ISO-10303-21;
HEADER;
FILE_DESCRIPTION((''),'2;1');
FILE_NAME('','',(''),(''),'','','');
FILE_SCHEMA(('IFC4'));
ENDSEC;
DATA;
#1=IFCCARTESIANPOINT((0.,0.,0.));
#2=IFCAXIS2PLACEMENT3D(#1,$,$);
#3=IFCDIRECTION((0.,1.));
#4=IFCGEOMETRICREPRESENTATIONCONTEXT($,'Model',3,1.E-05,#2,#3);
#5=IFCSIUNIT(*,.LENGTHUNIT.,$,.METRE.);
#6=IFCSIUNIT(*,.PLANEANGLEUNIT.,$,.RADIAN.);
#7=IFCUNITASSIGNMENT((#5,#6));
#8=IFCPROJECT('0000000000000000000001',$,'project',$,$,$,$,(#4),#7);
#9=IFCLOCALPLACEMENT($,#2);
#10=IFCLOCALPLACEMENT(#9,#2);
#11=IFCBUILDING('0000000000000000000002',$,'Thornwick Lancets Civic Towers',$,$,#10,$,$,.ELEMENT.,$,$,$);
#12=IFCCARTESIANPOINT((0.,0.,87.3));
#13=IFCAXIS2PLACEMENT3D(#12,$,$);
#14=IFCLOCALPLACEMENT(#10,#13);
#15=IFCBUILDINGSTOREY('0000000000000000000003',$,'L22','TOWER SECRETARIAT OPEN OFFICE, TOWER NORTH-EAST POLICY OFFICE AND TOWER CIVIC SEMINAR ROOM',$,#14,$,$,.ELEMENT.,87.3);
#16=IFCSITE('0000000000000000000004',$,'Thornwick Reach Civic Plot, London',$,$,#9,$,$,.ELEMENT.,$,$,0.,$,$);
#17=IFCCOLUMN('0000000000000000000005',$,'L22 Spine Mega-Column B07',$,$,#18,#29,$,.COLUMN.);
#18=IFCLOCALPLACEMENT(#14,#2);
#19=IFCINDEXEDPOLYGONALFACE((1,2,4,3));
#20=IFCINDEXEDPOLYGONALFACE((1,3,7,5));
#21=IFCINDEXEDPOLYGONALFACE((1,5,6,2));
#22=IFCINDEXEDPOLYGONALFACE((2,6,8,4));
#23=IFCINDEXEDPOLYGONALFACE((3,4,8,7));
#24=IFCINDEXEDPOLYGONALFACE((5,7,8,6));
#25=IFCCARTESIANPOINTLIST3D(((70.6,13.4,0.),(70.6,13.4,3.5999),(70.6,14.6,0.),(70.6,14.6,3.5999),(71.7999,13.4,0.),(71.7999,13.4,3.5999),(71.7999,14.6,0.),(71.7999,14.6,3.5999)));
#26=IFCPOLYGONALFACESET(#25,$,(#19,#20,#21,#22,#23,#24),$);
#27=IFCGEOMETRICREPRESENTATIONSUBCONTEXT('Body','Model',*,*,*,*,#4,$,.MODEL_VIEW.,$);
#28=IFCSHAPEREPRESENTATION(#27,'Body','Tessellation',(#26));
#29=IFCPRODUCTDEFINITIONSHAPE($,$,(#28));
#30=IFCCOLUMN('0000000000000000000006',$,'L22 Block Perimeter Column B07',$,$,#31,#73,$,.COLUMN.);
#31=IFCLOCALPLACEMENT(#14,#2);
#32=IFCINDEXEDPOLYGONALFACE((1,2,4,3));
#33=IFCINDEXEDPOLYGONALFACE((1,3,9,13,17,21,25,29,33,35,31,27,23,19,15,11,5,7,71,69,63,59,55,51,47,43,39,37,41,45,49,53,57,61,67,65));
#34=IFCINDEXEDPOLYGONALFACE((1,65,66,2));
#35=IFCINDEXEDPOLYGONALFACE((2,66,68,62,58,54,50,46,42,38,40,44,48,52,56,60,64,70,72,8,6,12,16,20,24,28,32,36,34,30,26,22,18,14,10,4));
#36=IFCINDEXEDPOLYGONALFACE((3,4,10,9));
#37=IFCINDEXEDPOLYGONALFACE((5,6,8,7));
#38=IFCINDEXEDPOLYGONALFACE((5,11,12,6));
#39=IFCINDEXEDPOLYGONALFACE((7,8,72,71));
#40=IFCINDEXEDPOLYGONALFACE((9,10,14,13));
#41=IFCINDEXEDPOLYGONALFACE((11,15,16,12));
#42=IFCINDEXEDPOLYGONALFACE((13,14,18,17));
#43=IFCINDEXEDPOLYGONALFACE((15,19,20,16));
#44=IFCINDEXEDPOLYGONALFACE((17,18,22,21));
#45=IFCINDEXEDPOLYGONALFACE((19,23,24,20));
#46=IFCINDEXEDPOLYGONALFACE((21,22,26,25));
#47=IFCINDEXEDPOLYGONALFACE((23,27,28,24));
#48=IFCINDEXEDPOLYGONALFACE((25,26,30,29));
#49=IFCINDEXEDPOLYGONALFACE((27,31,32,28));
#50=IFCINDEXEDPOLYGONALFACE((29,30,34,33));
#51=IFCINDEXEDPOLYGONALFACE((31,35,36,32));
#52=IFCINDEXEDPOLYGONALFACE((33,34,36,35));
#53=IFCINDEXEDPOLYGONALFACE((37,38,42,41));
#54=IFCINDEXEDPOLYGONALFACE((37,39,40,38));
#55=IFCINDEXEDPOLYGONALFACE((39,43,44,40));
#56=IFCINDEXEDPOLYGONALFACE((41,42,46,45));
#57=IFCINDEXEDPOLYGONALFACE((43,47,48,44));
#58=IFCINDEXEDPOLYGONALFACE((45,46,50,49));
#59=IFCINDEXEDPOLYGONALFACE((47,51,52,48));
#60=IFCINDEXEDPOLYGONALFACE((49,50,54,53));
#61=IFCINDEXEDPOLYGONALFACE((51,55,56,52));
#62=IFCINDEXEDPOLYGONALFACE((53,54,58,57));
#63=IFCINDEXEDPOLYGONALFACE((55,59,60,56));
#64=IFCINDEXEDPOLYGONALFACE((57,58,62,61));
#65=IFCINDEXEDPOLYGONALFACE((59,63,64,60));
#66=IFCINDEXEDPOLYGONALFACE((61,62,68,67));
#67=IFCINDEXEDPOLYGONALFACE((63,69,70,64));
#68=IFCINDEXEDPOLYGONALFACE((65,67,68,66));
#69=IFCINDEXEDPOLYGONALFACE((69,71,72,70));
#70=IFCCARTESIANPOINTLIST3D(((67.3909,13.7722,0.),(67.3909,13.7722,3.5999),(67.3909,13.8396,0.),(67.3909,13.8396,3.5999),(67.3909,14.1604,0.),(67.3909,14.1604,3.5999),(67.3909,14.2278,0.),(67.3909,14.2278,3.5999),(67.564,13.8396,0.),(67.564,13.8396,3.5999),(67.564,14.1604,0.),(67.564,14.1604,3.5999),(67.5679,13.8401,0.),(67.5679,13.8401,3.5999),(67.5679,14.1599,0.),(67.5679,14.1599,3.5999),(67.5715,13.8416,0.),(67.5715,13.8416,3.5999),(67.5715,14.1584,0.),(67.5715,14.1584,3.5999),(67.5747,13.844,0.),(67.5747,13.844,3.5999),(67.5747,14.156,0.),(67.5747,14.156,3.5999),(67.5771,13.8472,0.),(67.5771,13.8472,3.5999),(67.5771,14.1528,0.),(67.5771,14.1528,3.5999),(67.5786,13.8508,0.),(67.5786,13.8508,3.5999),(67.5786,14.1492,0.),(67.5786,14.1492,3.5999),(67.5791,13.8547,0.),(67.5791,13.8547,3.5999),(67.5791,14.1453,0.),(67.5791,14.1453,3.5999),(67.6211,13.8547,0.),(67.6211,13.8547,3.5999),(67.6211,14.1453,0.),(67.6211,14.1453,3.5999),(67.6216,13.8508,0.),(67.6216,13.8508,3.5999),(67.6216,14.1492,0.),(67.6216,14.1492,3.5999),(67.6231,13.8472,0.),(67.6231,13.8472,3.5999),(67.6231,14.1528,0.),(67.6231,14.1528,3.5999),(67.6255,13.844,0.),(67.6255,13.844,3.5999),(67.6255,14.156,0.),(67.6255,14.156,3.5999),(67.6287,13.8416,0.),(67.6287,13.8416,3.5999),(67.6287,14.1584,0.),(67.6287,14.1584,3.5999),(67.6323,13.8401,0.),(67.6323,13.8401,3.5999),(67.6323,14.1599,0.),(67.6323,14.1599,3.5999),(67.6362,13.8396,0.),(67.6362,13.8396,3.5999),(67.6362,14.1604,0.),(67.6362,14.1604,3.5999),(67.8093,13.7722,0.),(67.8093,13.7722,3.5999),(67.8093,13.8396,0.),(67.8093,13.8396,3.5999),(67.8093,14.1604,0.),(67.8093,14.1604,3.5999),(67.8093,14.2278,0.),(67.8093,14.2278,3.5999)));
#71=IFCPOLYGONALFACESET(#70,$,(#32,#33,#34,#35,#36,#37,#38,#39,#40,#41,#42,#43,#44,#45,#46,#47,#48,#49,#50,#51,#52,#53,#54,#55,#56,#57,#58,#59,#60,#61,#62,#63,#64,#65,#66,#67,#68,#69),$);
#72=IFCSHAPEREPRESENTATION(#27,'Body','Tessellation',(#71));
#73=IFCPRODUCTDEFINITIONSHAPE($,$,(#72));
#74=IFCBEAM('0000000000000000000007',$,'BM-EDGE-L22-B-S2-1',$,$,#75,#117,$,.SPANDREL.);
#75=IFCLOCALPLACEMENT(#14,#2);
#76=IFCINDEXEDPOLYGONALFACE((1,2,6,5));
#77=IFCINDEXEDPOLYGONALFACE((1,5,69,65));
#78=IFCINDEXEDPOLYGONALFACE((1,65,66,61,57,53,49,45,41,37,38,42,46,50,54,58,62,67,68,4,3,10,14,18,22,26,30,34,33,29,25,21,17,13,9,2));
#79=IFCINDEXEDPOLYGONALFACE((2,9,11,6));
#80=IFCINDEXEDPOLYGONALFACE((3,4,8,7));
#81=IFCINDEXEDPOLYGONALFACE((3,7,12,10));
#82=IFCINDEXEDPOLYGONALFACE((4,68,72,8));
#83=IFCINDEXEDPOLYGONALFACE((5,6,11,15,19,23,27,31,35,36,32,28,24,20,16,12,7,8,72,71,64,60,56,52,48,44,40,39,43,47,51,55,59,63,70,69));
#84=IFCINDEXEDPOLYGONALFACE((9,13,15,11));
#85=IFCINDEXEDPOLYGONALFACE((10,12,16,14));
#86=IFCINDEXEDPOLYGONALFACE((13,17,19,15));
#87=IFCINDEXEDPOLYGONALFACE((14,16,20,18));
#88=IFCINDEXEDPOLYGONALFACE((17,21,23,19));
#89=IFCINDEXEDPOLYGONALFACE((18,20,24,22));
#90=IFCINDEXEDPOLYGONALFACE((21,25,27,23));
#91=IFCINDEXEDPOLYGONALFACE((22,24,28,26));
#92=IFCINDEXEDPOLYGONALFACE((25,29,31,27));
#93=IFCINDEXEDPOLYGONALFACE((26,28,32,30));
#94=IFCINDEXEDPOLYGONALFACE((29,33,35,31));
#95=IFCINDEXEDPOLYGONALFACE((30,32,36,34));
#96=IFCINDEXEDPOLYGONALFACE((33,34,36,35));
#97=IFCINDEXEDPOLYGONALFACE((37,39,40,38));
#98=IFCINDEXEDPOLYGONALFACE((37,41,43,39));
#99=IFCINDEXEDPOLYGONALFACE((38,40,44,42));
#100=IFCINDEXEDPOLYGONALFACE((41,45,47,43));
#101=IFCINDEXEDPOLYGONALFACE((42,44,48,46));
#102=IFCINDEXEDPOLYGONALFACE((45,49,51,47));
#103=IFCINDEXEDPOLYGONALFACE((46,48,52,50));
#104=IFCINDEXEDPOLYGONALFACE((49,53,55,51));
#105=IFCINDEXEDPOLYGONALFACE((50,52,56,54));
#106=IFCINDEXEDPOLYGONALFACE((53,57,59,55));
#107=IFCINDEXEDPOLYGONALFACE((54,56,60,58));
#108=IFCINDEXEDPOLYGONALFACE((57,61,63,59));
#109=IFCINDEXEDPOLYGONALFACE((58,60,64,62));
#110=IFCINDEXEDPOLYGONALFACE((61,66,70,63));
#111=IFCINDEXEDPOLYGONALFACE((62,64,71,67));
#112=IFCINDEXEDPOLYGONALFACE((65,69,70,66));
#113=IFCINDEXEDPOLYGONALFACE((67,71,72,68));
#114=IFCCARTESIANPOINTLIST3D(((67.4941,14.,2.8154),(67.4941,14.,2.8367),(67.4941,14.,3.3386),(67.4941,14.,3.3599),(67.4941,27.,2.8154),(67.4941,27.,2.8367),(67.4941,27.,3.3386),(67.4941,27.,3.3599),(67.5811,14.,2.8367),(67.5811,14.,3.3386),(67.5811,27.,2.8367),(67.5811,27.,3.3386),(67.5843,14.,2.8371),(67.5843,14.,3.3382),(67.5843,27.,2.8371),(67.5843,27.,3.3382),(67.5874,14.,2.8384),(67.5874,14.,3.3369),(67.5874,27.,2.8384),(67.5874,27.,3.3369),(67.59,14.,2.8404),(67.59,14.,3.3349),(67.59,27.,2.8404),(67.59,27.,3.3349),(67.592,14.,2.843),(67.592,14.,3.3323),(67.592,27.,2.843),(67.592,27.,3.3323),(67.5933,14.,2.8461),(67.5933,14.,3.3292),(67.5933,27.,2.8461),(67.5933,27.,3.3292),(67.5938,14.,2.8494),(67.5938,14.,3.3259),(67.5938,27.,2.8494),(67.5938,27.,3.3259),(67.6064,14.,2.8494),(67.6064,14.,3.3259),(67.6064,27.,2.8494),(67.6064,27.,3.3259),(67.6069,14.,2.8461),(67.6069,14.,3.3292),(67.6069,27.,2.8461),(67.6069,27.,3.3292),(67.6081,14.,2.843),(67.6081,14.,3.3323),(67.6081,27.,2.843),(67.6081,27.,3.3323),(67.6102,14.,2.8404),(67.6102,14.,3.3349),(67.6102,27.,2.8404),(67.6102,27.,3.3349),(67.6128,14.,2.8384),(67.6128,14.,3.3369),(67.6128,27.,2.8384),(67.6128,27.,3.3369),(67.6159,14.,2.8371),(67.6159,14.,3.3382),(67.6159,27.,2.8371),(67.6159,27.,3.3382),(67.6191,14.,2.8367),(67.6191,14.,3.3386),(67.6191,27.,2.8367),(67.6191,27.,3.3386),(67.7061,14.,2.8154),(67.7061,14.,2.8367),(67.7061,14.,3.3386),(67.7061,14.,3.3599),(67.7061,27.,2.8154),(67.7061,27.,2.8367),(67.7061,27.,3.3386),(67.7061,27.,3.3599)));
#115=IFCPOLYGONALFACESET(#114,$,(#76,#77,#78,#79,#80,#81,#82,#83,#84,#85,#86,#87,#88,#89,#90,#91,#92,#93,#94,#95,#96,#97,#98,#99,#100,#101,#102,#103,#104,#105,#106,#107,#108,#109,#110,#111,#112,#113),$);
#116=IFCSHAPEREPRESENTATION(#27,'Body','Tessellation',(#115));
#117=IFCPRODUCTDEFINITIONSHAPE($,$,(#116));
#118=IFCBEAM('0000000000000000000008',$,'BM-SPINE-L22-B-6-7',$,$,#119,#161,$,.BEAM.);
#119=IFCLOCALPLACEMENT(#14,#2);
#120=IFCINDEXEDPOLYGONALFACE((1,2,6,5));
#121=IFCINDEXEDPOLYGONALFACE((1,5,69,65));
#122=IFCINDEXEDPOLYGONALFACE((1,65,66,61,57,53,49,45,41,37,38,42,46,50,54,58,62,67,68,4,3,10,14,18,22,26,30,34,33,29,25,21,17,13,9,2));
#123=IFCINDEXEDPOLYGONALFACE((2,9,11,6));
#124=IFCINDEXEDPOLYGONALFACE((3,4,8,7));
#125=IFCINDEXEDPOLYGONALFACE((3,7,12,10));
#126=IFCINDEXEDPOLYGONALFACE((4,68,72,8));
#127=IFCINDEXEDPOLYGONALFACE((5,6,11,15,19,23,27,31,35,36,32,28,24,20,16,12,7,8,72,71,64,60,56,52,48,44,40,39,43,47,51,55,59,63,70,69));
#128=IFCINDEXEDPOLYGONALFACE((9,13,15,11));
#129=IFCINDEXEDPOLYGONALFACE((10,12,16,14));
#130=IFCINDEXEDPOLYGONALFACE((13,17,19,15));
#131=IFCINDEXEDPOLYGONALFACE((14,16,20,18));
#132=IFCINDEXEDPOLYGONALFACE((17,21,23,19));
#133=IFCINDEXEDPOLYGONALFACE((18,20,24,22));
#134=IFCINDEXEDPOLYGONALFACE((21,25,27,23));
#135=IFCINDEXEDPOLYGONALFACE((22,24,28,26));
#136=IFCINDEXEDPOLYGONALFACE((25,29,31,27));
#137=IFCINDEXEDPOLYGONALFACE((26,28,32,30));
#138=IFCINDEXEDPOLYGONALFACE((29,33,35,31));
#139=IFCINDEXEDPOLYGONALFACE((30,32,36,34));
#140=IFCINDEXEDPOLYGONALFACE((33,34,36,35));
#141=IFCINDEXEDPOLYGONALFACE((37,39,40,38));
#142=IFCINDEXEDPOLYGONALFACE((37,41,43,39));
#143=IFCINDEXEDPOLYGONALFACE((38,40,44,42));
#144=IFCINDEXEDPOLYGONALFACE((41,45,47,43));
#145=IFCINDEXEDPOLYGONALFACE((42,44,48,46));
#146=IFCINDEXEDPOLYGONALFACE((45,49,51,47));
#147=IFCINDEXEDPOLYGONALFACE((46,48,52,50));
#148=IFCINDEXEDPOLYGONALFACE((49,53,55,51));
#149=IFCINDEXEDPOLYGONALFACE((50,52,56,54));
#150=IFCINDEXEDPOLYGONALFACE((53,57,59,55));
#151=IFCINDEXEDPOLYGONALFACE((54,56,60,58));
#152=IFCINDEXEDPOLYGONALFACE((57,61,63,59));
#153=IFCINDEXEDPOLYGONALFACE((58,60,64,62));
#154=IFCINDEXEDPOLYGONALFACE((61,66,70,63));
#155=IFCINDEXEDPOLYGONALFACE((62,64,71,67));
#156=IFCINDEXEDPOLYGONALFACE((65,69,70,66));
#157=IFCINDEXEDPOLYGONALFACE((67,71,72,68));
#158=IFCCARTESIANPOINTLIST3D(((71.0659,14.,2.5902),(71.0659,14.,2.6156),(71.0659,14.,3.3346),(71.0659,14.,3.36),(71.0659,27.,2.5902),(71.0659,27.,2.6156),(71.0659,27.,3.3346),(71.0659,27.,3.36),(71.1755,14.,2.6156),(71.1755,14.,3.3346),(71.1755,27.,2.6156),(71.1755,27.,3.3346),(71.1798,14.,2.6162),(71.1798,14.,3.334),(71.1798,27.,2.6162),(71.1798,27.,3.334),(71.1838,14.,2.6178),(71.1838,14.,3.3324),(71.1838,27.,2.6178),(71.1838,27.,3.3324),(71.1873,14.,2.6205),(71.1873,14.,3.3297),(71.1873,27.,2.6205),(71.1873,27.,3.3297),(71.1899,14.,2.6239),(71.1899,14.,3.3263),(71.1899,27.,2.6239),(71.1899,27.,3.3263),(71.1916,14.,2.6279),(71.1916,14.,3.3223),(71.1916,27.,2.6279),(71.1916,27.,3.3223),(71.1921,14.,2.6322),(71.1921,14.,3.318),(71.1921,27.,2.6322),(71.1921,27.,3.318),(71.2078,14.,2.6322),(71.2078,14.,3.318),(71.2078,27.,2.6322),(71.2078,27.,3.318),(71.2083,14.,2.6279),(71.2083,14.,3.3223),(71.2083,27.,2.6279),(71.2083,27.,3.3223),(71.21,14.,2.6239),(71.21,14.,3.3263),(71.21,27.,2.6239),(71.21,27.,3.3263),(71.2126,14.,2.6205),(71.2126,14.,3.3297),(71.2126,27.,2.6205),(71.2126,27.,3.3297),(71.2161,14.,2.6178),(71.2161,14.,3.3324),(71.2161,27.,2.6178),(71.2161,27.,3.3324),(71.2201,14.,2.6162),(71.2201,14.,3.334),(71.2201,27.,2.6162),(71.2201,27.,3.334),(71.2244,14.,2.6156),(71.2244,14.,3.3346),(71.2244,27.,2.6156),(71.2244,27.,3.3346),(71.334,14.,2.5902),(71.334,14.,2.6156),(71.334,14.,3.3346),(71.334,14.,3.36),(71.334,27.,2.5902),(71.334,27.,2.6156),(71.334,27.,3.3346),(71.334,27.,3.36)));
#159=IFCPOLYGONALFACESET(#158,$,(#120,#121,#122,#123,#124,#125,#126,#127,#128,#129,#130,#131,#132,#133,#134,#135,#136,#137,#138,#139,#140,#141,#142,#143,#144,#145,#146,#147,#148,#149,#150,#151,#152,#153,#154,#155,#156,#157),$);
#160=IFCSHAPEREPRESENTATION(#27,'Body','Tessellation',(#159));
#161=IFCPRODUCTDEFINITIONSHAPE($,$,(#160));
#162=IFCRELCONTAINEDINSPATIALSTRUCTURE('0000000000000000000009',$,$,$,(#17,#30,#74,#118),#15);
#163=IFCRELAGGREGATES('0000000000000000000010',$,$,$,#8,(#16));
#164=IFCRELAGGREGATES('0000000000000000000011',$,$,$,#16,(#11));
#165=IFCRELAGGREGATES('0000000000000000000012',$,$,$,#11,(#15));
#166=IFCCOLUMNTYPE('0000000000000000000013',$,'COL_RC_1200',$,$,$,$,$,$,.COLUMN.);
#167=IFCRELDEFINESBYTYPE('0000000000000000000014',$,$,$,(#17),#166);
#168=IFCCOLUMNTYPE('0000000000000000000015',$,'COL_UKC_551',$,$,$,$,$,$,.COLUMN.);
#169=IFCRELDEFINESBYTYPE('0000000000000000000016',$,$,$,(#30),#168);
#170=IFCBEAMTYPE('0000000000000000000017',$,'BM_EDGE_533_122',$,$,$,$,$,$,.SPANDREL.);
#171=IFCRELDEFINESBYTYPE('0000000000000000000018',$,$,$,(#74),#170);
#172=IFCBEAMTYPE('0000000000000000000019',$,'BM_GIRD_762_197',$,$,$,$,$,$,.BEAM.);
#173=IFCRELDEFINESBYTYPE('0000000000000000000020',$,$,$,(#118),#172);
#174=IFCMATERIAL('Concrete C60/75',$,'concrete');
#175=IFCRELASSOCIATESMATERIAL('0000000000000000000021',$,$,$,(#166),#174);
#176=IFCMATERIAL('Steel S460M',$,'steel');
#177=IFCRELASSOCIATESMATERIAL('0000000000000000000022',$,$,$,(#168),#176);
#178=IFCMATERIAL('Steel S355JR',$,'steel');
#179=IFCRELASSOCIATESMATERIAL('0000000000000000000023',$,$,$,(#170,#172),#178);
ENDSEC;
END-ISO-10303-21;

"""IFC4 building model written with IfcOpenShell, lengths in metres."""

from ifc_helpers import new_model, si_unit, direction, frame, origin, origin_2d, place, context, subcontext, project, spatial, rectangle, i_section, extrude, material, material_profile, profile_set, type_object, element, save


model = new_model("IFC4")

# Units and contexts
model_context = context("Model", 3, precision=1e-05, world=origin(), true_north=direction((0.0, 1.0)))
body_context = subcontext(model_context, "Body", "Model", "MODEL_VIEW")
ifc_project = project(units=[si_unit("LENGTHUNIT", "METRE"), si_unit("PLANEANGLEUNIT", "RADIAN")], contexts=[model_context])

# Site, building, storey
site_placement = place(None, origin())
site = spatial("IfcSite", under=ifc_project, at=site_placement, Name="Thornwick Reach Civic Plot, London", CompositionType="ELEMENT", RefElevation=0.0)
building_placement = place(site_placement, origin())
building = spatial("IfcBuilding", under=site, at=building_placement, Name="Thornwick Lancets Civic Towers", CompositionType="ELEMENT")
storey_placement = place(building_placement, frame((0.0, 0.0, 87.3)))
storey = spatial("IfcBuildingStorey", under=building, at=storey_placement, Name="L22", Description="TOWER SECRETARIAT OPEN OFFICE, TOWER NORTH-EAST POLICY OFFICE AND TOWER CIVIC SEMINAR ROOM", CompositionType="ELEMENT", Elevation=87.3)

# Columns
ifc_material_1 = material(Name="Concrete C60/75", Category="concrete")
ifc_material_profile_1 = material_profile(ifc_material_1, rectangle(XDim=1.2, YDim=1.2, at=origin_2d()), Name="RC 1200x1200")
ifc_profile_set_1 = profile_set([ifc_material_profile_1], Name="Concrete C60/75")
column_type_1 = type_object("IfcColumnType", Name="COL_RC_1200", PredefinedType="COLUMN", material=ifc_profile_set_1)
column_1_placement = place(storey_placement, frame((71.2, 14.0, 0.0), z_axis=(0.0, 0.0, 1.0), x_axis=(1.0, 0.0, 0.0)))
element("IfcColumn", 1, at=column_1_placement, inside=storey, type_object=column_type_1, Name="L22 Spine Mega-Column B07", PredefinedType="COLUMN", context=body_context, shape_type="SweptSolid", body=[
    extrude(rectangle(XDim=1.2, YDim=1.2, at=origin_2d()), origin(), (0.0, 0.0, 1.0), 3.5999),
])
ifc_material_2 = material(Name="Steel S460M", Category="steel")
ifc_material_profile_2 = material_profile(ifc_material_2, i_section(OverallWidth=0.4185, OverallDepth=0.4556, WebThickness=0.042, FlangeThickness=0.0674, FilletRadius=0.0151, at=origin_2d()), Name="UKC 356x406x551")
ifc_profile_set_2 = profile_set([ifc_material_profile_2], Name="Steel S460M")
column_type_2 = type_object("IfcColumnType", Name="COL_UKC_551", PredefinedType="COLUMN", material=ifc_profile_set_2)
column_2_placement = place(storey_placement, frame((67.6001, 14.0, 0.0), z_axis=(0.0, 0.0, 1.0), x_axis=(1.0, 0.0, 0.0)))
element("IfcColumn", 2, at=column_2_placement, inside=storey, type_object=column_type_2, Name="L22 Block Perimeter Column B07", PredefinedType="COLUMN", context=body_context, shape_type="SweptSolid", body=[
    extrude(i_section(OverallWidth=0.4185, OverallDepth=0.4556, WebThickness=0.042, FlangeThickness=0.0674, FilletRadius=0.0151, at=origin_2d()), origin(), (0.0, 0.0, 1.0), 3.5999),
])

# Beams
ifc_material_3 = material(Name="Steel S355JR", Category="steel")
ifc_material_profile_3 = material_profile(ifc_material_3, i_section(OverallWidth=0.2119, OverallDepth=0.5444, WebThickness=0.0127, FlangeThickness=0.0212, FilletRadius=0.0127, at=origin_2d()), Name="UKB 533x210x122")
ifc_profile_set_3 = profile_set([ifc_material_profile_3], Name="Steel S355JR")
beam_type_1 = type_object("IfcBeamType", Name="BM_EDGE_533_122", PredefinedType="SPANDREL", material=ifc_profile_set_3)
beam_1_placement = place(storey_placement, frame((67.6001, 14.0, 3.0876), z_axis=(0.0, 1.0, 0.0), x_axis=(-1.0, 0.0, 0.0)))
element("IfcBeam", 3, at=beam_1_placement, inside=storey, type_object=beam_type_1, Name="BM-EDGE-L22-B-S2-1", PredefinedType="SPANDREL", context=body_context, shape_type="SweptSolid", body=[
    extrude(i_section(OverallWidth=0.2119, OverallDepth=0.5444, WebThickness=0.0127, FlangeThickness=0.0212, FilletRadius=0.0127, at=origin_2d()), origin(), (0.0, 0.0, 1.0), 13.0),
])
ifc_material_profile_4 = material_profile(ifc_material_3, i_section(OverallWidth=0.2681, OverallDepth=0.7698, WebThickness=0.0156, FlangeThickness=0.0254, FilletRadius=0.0166, at=origin_2d()), Name="UKB 762x267x197")
ifc_profile_set_4 = profile_set([ifc_material_profile_4], Name="Steel S355JR")
beam_type_2 = type_object("IfcBeamType", Name="BM_GIRD_762_197", PredefinedType="BEAM", material=ifc_profile_set_4)
beam_2_placement = place(storey_placement, frame((71.2, 14.0, 2.9751), z_axis=(0.0, 1.0, 0.0), x_axis=(-1.0, 0.0, 0.0)))
element("IfcBeam", 4, at=beam_2_placement, inside=storey, type_object=beam_type_2, Name="BM-SPINE-L22-B-6-7", PredefinedType="BEAM", context=body_context, shape_type="SweptSolid", body=[
    extrude(i_section(OverallWidth=0.2681, OverallDepth=0.7698, WebThickness=0.0156, FlangeThickness=0.0254, FilletRadius=0.0166, at=origin_2d()), origin(), (0.0, 0.0, 1.0), 13.0),
])

save(model, "model.ifc")
